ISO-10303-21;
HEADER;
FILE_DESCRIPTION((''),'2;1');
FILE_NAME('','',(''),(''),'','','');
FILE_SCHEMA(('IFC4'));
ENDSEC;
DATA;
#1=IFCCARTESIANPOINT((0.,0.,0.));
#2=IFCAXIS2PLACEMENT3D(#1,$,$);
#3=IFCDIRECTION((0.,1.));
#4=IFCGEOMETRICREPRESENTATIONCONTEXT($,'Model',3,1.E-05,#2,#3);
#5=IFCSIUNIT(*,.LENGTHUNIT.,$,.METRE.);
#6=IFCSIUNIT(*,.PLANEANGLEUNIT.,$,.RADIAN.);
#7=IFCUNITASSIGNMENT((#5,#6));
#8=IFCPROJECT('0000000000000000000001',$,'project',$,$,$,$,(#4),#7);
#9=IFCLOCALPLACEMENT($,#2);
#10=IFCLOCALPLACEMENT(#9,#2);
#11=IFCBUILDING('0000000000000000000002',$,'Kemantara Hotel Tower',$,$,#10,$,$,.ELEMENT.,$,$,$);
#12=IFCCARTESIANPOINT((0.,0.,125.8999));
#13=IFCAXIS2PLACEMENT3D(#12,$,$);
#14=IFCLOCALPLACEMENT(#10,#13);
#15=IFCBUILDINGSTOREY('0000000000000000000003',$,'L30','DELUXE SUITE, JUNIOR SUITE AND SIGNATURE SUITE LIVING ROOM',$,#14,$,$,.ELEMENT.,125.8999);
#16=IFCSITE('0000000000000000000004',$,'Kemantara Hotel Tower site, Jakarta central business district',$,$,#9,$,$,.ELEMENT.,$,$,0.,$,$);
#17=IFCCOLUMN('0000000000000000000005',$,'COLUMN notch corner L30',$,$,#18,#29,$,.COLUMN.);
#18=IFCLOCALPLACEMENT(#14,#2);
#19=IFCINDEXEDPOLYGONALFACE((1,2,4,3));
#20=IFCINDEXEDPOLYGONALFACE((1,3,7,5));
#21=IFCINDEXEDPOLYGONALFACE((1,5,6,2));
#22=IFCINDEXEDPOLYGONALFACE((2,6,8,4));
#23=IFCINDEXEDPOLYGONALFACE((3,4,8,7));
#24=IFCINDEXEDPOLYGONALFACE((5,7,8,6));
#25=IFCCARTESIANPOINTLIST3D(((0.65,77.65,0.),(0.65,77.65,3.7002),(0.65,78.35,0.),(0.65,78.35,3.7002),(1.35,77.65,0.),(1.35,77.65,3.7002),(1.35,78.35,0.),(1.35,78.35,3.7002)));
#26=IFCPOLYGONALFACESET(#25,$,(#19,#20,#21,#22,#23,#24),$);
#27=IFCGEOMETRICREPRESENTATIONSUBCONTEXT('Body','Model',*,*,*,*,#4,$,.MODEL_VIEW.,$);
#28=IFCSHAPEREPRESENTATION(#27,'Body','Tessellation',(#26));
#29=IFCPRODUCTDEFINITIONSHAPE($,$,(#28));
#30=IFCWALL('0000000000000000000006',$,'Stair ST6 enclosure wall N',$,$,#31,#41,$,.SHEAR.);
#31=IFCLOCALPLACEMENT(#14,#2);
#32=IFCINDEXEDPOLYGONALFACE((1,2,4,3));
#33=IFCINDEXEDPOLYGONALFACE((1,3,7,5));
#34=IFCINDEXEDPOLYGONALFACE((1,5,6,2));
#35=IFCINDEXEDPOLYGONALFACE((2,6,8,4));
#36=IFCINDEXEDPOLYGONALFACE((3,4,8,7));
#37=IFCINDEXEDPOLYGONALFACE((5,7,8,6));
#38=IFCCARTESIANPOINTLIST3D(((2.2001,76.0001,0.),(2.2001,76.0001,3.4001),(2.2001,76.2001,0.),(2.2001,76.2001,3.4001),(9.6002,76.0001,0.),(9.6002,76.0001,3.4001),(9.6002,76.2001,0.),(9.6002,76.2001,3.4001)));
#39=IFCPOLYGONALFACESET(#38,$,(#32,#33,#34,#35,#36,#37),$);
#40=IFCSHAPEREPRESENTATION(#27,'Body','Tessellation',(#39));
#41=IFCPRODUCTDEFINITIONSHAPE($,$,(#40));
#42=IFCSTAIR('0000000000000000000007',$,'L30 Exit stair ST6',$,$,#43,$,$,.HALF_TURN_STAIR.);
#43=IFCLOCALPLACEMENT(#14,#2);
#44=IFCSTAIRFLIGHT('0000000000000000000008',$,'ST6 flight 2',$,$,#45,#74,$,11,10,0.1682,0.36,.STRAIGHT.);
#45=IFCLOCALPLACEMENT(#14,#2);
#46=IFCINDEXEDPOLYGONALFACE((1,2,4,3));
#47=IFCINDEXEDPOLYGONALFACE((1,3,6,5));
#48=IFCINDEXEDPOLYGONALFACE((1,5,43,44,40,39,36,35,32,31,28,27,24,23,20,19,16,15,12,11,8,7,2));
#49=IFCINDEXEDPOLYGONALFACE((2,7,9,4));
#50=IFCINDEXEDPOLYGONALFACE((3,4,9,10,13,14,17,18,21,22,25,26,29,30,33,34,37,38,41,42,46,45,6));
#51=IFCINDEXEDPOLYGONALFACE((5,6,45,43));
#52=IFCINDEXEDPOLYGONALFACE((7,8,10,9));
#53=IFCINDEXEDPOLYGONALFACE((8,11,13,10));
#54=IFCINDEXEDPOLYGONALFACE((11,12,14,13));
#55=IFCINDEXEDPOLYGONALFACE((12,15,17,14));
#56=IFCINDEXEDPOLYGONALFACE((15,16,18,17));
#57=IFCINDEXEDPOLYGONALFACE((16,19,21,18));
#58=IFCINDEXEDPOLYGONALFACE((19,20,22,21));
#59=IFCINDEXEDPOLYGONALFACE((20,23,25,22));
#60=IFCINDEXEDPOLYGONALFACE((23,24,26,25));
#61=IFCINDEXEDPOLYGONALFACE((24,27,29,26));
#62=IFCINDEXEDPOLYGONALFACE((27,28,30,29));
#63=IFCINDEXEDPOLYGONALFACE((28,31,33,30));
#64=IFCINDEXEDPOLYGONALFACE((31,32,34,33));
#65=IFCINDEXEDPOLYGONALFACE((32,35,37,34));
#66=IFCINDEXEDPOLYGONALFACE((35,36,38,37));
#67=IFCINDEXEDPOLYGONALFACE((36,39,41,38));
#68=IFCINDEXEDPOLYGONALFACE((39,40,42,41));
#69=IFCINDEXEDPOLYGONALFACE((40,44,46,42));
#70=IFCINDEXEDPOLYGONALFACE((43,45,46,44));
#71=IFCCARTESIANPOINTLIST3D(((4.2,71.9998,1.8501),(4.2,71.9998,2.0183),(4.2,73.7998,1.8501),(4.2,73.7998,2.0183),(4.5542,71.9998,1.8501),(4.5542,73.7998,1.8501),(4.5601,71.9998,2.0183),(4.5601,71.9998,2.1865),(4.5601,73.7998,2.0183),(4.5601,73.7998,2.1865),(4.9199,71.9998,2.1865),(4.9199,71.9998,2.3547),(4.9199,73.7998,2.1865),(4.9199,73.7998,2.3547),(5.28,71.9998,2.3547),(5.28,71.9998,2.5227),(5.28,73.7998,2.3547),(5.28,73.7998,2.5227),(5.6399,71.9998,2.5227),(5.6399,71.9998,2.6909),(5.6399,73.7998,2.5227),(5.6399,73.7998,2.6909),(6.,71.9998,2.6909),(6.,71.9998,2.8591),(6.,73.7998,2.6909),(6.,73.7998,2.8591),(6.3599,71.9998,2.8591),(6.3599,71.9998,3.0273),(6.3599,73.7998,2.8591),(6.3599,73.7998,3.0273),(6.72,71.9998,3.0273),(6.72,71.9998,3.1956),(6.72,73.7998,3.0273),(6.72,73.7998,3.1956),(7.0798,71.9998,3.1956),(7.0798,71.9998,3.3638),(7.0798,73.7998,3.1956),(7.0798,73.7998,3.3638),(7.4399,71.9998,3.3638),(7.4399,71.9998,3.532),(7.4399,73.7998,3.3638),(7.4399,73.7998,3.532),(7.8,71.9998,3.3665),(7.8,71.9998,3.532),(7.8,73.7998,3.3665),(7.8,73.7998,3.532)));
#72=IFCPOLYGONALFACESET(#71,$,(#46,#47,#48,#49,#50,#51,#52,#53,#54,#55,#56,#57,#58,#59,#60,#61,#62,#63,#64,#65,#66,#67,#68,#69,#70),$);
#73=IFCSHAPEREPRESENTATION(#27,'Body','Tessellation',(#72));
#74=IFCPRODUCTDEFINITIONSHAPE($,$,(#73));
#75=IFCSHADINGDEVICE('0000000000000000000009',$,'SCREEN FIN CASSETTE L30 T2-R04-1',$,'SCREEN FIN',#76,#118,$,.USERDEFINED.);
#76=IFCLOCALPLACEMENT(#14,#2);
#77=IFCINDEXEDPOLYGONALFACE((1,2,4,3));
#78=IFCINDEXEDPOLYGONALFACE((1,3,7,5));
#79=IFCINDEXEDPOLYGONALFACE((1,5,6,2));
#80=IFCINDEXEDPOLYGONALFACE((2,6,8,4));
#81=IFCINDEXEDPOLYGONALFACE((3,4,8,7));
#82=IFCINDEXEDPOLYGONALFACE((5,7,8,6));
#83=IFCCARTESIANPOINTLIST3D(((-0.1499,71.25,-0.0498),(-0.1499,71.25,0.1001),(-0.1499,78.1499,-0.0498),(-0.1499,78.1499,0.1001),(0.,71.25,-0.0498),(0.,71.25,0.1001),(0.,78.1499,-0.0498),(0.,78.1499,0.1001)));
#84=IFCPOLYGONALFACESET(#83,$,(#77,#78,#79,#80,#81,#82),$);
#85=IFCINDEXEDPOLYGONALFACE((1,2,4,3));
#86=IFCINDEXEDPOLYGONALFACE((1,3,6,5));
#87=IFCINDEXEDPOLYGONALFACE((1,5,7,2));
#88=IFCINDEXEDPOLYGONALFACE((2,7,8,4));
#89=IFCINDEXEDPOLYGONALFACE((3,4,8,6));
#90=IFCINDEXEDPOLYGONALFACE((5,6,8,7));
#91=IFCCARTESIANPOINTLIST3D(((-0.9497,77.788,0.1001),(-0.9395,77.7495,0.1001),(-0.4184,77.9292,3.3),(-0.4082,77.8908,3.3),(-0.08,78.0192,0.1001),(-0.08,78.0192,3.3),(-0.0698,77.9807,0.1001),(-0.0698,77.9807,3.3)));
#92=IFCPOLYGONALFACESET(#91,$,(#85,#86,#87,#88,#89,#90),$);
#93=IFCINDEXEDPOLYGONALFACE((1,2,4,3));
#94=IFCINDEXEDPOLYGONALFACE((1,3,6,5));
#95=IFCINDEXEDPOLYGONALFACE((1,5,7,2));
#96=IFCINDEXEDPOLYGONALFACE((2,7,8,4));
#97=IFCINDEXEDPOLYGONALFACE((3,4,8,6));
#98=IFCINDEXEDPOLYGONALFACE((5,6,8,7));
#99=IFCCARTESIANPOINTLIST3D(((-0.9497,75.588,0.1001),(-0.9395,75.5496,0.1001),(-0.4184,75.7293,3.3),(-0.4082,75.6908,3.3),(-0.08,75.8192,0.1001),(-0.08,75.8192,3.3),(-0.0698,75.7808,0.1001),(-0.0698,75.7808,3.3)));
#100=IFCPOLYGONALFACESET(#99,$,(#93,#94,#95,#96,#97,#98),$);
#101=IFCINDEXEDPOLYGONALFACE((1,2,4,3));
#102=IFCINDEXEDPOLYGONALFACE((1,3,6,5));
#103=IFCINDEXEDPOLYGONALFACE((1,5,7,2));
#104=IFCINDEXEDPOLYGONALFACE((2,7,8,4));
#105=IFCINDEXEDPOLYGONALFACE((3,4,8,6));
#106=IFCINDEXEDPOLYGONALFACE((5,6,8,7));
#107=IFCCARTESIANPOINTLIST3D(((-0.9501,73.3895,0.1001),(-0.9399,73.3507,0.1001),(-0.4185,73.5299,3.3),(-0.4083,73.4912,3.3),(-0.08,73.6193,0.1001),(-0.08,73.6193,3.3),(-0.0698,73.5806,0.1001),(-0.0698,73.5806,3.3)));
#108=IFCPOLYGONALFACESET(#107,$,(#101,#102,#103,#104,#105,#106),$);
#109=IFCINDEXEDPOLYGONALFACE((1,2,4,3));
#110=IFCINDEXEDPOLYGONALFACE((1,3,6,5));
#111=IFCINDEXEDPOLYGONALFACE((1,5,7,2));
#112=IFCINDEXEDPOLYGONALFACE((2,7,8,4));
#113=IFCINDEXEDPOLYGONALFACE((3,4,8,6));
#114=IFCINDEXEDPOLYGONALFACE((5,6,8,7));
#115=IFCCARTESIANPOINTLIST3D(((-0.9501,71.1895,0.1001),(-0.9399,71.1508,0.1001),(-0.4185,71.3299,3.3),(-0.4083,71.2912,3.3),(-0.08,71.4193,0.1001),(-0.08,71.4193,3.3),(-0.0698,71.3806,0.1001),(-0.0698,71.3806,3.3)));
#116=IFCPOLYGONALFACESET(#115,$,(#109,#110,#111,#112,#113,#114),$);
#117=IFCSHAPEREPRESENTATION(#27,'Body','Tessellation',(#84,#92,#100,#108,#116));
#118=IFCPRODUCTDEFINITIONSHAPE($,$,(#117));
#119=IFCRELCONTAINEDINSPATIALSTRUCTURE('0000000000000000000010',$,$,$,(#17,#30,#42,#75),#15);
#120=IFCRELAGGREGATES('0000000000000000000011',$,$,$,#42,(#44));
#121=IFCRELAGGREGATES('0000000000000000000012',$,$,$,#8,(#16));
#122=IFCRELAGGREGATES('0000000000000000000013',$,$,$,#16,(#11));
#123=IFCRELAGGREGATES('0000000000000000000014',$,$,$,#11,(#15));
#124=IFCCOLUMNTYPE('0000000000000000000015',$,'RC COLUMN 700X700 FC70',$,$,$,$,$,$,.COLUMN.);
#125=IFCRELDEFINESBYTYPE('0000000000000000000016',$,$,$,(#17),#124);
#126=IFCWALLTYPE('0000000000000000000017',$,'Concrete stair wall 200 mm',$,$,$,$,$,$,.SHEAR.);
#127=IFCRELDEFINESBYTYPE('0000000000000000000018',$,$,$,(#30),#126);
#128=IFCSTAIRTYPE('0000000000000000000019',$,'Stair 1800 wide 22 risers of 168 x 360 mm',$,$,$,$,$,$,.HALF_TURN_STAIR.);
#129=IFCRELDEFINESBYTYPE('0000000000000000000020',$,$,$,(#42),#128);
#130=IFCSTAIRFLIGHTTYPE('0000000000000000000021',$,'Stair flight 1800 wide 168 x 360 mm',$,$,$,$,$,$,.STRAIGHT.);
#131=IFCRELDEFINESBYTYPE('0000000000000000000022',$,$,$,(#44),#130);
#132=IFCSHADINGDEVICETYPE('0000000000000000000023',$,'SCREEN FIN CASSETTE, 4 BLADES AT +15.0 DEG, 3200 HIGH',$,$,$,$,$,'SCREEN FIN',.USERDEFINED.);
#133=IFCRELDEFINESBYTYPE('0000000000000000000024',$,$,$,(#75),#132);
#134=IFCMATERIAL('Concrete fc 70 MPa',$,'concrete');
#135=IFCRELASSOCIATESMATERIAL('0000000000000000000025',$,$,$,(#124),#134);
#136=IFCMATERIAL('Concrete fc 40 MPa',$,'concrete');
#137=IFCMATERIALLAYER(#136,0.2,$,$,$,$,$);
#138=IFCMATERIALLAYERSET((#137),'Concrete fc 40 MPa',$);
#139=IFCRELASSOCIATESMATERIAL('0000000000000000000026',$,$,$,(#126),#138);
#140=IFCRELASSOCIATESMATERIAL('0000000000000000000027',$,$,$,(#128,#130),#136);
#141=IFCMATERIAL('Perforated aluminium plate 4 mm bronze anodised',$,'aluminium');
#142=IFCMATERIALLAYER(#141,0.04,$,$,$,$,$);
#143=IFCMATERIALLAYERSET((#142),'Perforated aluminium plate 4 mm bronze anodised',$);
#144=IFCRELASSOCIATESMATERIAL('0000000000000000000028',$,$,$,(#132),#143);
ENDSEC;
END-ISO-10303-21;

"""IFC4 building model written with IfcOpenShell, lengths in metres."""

from ifc_helpers import new_model, si_unit, direction, frame, frame_2d, origin, origin_2d, place, context, subcontext, project, spatial, polyline, rectangle, outline, extrude, source, transform, mapped, material, layer, layer_set, material_profile, profile_set, type_object, element, aggregate, save


model = new_model("IFC4")

# Units and contexts
model_context = context("Model", 3, precision=1e-05, world=origin(), true_north=direction((0.0, 1.0)))
body_context = subcontext(model_context, "Body", "Model", "MODEL_VIEW")
ifc_project = project(units=[si_unit("LENGTHUNIT", "METRE"), si_unit("PLANEANGLEUNIT", "RADIAN")], contexts=[model_context])

# Site, building, storey
site_placement = place(None, origin())
site = spatial("IfcSite", under=ifc_project, at=site_placement, Name="Kemantara Hotel Tower site, Jakarta central business district", CompositionType="ELEMENT", RefElevation=0.0)
building_placement = place(site_placement, origin())
building = spatial("IfcBuilding", under=site, at=building_placement, Name="Kemantara Hotel Tower", CompositionType="ELEMENT")
storey_placement = place(building_placement, frame((0.0, 0.0, 125.8999)))
storey = spatial("IfcBuildingStorey", under=building, at=storey_placement, Name="L30", Description="DELUXE SUITE, JUNIOR SUITE AND SIGNATURE SUITE LIVING ROOM", CompositionType="ELEMENT", Elevation=125.8999)

# Column
ifc_material_1 = material(Name="Concrete fc 70 MPa", Category="concrete")
ifc_material_profile = material_profile(ifc_material_1, rectangle(XDim=0.7, YDim=0.7, at=origin_2d()), Name="RC 700X700")
ifc_profile_set = profile_set([ifc_material_profile], Name="Concrete fc 70 MPa")
column_type = type_object("IfcColumnType", Name="RC COLUMN 700X700 FC70", PredefinedType="COLUMN", material=ifc_profile_set)
column_placement = place(storey_placement, frame((1.0, 78.0, 0.0), z_axis=(0.0, 0.0, 1.0), x_axis=(1.0, 0.0, 0.0)))
element("IfcColumn", 1, at=column_placement, inside=storey, type_object=column_type, Name="COLUMN notch corner L30", PredefinedType="COLUMN", context=body_context, shape_type="SweptSolid", body=[
    extrude(rectangle(XDim=0.7, YDim=0.7, at=origin_2d()), origin(), (0.0, 0.0, 1.0), 3.7002),
])

# Wall
ifc_material_2 = material(Name="Concrete fc 40 MPa", Category="concrete")
ifc_layer_1 = layer(ifc_material_2, 0.2)
ifc_layer_set_1 = layer_set([ifc_layer_1], Name="Concrete fc 40 MPa")
wall_type_1 = type_object("IfcWallType", Name="Concrete stair wall 200 mm", PredefinedType="SHEAR", material=ifc_layer_set_1)
wall_1_placement = place(storey_placement, frame((2.2, 76.1001, 0.0), z_axis=(0.0, 0.0, 1.0), x_axis=(1.0, 0.0, 0.0)))
element("IfcWall", 2, at=wall_1_placement, inside=storey, type_object=wall_type_1, Name="Stair ST6 enclosure wall N", PredefinedType="SHEAR", context=body_context, shape_type="SweptSolid", body=[
    extrude(rectangle(XDim=7.4001, YDim=0.2, at=frame_2d((3.7002, 0.0))), origin(), (0.0, 0.0, 1.0), 3.4001),
])

# Stair, stair flight
stair_type = type_object("IfcStairType", Name="Stair 1800 wide 22 risers of 168 x 360 mm", PredefinedType="HALF_TURN_STAIR", material=ifc_material_2)
stair_placement = place(storey_placement, origin())
stair = element("IfcStair", 3, at=stair_placement, inside=storey, type_object=stair_type, Name="L30 Exit stair ST6", PredefinedType="HALF_TURN_STAIR")
stair_flight_type = type_object("IfcStairFlightType", Name="Stair flight 1800 wide 168 x 360 mm", PredefinedType="STRAIGHT", material=ifc_material_2)
stair_flight_placement = place(storey_placement, frame((4.2, 72.8999, 1.8501), z_axis=(0.0, 0.0, 1.0), x_axis=(1.0, 0.0, 0.0)))
stair_flight = element("IfcStairFlight", 4, at=stair_flight_placement, type_object=stair_flight_type, Name="ST6 flight 2", NumberOfRisers=11, NumberOfTreads=10, PredefinedType="STRAIGHT", RiserHeight=0.1682, TreadLength=0.36, context=body_context, shape_type="SweptSolid", body=[
    extrude(outline(polyline([(0.0, 0.0), (0.0, 0.1682), (0.3601, 0.1682), (0.3601, 0.3364), (0.72, 0.3364), (0.72, 0.5046), (1.0801, 0.5046), (1.0801, 0.6726), (1.4399, 0.6726), (1.4399, 0.8408), (1.8, 0.8408), (1.8, 1.009), (2.1599, 1.009), (2.1599, 1.1772), (2.52, 1.1772), (2.52, 1.3455), (2.8799, 1.3455), (2.8799, 1.5137), (3.24, 1.5137), (3.24, 1.6819), (3.6001, 1.6819), (3.6001, 1.8501), (3.6001, 1.5164), (0.3542, 0.0), (0.0, 0.0)])), frame((0.0, 0.8999, 0.0), z_axis=(0.0, -1.0, 0.0), x_axis=(1.0, 0.0, 0.0)), (0.0, 0.0, 1.0), 1.8),
])
aggregate(stair, [stair_flight])

# Shading device
ifc_material_3 = material(Name="Perforated aluminium plate 4 mm bronze anodised", Category="aluminium")
ifc_layer_2 = layer(ifc_material_3, 0.04)
ifc_layer_set_2 = layer_set([ifc_layer_2], Name="Perforated aluminium plate 4 mm bronze anodised")
shading_device_type = type_object("IfcShadingDeviceType", Name="SCREEN FIN CASSETTE, 4 BLADES AT +15.0 DEG, 3200 HIGH", ElementType="SCREEN FIN", PredefinedType="USERDEFINED", material=ifc_layer_set_2)
shared_shape = source(origin(), body_context, "Body", "SweptSolid", [
    extrude(rectangle(XDim=6.8999, YDim=0.1499, at=origin_2d()), frame((3.3, -0.075, -0.1499), z_axis=(0.0, 0.0, 1.0), x_axis=(1.0, 0.0, 0.0)), (0.0, 0.0, 1.0), 0.1499),
    extrude(outline(polyline([(0.0, 0.0), (0.8999, 0.0), (0.3501, 3.2), (0.0, 3.2), (0.0, 0.0)])), frame((0.0193, -0.0698, 0.0), z_axis=(-0.966438, -0.256901, 0.0), x_axis=(0.256901, -0.966438, 0.0)), (0.0, 0.0, 1.0), 0.0398),
    extrude(outline(polyline([(0.0, 0.0), (0.8999, 0.0), (0.3501, 3.2), (0.0, 3.2), (0.0, 0.0)])), frame((2.2192, -0.0698, 0.0), z_axis=(-0.966438, -0.256901, 0.0), x_axis=(0.256901, -0.966438, 0.0)), (0.0, 0.0, 1.0), 0.0398),
    extrude(outline(polyline([(0.0, 0.0), (0.8999, 0.0), (0.3501, 3.2), (0.0, 3.2), (0.0, 0.0)])), frame((4.4194, -0.0698, 0.0), z_axis=(-0.966838, -0.255391, 0.0), x_axis=(0.255391, -0.966838, 0.0)), (0.0, 0.0, 1.0), 0.04),
    extrude(outline(polyline([(0.0, 0.0), (0.8999, 0.0), (0.3501, 3.2), (0.0, 3.2), (0.0, 0.0)])), frame((6.6194, -0.0698, 0.0), z_axis=(-0.966838, -0.255391, 0.0), x_axis=(0.255391, -0.966838, 0.0)), (0.0, 0.0, 1.0), 0.04),
])
shading_device_placement = place(storey_placement, frame((0.0, 78.0, 0.1001), z_axis=(0.0, 0.0, 1.0), x_axis=(0.0, -1.0, 0.0)))
element("IfcShadingDevice", 5, at=shading_device_placement, inside=storey, type_object=shading_device_type, Name="SCREEN FIN CASSETTE L30 T2-R04-1", ObjectType="SCREEN FIN", PredefinedType="USERDEFINED", context=body_context, shape_type="MappedRepresentation", body=[
    mapped(shared_shape, transform((0.0, 0.0, 0.0))),
])

save(model, "model.ifc")
